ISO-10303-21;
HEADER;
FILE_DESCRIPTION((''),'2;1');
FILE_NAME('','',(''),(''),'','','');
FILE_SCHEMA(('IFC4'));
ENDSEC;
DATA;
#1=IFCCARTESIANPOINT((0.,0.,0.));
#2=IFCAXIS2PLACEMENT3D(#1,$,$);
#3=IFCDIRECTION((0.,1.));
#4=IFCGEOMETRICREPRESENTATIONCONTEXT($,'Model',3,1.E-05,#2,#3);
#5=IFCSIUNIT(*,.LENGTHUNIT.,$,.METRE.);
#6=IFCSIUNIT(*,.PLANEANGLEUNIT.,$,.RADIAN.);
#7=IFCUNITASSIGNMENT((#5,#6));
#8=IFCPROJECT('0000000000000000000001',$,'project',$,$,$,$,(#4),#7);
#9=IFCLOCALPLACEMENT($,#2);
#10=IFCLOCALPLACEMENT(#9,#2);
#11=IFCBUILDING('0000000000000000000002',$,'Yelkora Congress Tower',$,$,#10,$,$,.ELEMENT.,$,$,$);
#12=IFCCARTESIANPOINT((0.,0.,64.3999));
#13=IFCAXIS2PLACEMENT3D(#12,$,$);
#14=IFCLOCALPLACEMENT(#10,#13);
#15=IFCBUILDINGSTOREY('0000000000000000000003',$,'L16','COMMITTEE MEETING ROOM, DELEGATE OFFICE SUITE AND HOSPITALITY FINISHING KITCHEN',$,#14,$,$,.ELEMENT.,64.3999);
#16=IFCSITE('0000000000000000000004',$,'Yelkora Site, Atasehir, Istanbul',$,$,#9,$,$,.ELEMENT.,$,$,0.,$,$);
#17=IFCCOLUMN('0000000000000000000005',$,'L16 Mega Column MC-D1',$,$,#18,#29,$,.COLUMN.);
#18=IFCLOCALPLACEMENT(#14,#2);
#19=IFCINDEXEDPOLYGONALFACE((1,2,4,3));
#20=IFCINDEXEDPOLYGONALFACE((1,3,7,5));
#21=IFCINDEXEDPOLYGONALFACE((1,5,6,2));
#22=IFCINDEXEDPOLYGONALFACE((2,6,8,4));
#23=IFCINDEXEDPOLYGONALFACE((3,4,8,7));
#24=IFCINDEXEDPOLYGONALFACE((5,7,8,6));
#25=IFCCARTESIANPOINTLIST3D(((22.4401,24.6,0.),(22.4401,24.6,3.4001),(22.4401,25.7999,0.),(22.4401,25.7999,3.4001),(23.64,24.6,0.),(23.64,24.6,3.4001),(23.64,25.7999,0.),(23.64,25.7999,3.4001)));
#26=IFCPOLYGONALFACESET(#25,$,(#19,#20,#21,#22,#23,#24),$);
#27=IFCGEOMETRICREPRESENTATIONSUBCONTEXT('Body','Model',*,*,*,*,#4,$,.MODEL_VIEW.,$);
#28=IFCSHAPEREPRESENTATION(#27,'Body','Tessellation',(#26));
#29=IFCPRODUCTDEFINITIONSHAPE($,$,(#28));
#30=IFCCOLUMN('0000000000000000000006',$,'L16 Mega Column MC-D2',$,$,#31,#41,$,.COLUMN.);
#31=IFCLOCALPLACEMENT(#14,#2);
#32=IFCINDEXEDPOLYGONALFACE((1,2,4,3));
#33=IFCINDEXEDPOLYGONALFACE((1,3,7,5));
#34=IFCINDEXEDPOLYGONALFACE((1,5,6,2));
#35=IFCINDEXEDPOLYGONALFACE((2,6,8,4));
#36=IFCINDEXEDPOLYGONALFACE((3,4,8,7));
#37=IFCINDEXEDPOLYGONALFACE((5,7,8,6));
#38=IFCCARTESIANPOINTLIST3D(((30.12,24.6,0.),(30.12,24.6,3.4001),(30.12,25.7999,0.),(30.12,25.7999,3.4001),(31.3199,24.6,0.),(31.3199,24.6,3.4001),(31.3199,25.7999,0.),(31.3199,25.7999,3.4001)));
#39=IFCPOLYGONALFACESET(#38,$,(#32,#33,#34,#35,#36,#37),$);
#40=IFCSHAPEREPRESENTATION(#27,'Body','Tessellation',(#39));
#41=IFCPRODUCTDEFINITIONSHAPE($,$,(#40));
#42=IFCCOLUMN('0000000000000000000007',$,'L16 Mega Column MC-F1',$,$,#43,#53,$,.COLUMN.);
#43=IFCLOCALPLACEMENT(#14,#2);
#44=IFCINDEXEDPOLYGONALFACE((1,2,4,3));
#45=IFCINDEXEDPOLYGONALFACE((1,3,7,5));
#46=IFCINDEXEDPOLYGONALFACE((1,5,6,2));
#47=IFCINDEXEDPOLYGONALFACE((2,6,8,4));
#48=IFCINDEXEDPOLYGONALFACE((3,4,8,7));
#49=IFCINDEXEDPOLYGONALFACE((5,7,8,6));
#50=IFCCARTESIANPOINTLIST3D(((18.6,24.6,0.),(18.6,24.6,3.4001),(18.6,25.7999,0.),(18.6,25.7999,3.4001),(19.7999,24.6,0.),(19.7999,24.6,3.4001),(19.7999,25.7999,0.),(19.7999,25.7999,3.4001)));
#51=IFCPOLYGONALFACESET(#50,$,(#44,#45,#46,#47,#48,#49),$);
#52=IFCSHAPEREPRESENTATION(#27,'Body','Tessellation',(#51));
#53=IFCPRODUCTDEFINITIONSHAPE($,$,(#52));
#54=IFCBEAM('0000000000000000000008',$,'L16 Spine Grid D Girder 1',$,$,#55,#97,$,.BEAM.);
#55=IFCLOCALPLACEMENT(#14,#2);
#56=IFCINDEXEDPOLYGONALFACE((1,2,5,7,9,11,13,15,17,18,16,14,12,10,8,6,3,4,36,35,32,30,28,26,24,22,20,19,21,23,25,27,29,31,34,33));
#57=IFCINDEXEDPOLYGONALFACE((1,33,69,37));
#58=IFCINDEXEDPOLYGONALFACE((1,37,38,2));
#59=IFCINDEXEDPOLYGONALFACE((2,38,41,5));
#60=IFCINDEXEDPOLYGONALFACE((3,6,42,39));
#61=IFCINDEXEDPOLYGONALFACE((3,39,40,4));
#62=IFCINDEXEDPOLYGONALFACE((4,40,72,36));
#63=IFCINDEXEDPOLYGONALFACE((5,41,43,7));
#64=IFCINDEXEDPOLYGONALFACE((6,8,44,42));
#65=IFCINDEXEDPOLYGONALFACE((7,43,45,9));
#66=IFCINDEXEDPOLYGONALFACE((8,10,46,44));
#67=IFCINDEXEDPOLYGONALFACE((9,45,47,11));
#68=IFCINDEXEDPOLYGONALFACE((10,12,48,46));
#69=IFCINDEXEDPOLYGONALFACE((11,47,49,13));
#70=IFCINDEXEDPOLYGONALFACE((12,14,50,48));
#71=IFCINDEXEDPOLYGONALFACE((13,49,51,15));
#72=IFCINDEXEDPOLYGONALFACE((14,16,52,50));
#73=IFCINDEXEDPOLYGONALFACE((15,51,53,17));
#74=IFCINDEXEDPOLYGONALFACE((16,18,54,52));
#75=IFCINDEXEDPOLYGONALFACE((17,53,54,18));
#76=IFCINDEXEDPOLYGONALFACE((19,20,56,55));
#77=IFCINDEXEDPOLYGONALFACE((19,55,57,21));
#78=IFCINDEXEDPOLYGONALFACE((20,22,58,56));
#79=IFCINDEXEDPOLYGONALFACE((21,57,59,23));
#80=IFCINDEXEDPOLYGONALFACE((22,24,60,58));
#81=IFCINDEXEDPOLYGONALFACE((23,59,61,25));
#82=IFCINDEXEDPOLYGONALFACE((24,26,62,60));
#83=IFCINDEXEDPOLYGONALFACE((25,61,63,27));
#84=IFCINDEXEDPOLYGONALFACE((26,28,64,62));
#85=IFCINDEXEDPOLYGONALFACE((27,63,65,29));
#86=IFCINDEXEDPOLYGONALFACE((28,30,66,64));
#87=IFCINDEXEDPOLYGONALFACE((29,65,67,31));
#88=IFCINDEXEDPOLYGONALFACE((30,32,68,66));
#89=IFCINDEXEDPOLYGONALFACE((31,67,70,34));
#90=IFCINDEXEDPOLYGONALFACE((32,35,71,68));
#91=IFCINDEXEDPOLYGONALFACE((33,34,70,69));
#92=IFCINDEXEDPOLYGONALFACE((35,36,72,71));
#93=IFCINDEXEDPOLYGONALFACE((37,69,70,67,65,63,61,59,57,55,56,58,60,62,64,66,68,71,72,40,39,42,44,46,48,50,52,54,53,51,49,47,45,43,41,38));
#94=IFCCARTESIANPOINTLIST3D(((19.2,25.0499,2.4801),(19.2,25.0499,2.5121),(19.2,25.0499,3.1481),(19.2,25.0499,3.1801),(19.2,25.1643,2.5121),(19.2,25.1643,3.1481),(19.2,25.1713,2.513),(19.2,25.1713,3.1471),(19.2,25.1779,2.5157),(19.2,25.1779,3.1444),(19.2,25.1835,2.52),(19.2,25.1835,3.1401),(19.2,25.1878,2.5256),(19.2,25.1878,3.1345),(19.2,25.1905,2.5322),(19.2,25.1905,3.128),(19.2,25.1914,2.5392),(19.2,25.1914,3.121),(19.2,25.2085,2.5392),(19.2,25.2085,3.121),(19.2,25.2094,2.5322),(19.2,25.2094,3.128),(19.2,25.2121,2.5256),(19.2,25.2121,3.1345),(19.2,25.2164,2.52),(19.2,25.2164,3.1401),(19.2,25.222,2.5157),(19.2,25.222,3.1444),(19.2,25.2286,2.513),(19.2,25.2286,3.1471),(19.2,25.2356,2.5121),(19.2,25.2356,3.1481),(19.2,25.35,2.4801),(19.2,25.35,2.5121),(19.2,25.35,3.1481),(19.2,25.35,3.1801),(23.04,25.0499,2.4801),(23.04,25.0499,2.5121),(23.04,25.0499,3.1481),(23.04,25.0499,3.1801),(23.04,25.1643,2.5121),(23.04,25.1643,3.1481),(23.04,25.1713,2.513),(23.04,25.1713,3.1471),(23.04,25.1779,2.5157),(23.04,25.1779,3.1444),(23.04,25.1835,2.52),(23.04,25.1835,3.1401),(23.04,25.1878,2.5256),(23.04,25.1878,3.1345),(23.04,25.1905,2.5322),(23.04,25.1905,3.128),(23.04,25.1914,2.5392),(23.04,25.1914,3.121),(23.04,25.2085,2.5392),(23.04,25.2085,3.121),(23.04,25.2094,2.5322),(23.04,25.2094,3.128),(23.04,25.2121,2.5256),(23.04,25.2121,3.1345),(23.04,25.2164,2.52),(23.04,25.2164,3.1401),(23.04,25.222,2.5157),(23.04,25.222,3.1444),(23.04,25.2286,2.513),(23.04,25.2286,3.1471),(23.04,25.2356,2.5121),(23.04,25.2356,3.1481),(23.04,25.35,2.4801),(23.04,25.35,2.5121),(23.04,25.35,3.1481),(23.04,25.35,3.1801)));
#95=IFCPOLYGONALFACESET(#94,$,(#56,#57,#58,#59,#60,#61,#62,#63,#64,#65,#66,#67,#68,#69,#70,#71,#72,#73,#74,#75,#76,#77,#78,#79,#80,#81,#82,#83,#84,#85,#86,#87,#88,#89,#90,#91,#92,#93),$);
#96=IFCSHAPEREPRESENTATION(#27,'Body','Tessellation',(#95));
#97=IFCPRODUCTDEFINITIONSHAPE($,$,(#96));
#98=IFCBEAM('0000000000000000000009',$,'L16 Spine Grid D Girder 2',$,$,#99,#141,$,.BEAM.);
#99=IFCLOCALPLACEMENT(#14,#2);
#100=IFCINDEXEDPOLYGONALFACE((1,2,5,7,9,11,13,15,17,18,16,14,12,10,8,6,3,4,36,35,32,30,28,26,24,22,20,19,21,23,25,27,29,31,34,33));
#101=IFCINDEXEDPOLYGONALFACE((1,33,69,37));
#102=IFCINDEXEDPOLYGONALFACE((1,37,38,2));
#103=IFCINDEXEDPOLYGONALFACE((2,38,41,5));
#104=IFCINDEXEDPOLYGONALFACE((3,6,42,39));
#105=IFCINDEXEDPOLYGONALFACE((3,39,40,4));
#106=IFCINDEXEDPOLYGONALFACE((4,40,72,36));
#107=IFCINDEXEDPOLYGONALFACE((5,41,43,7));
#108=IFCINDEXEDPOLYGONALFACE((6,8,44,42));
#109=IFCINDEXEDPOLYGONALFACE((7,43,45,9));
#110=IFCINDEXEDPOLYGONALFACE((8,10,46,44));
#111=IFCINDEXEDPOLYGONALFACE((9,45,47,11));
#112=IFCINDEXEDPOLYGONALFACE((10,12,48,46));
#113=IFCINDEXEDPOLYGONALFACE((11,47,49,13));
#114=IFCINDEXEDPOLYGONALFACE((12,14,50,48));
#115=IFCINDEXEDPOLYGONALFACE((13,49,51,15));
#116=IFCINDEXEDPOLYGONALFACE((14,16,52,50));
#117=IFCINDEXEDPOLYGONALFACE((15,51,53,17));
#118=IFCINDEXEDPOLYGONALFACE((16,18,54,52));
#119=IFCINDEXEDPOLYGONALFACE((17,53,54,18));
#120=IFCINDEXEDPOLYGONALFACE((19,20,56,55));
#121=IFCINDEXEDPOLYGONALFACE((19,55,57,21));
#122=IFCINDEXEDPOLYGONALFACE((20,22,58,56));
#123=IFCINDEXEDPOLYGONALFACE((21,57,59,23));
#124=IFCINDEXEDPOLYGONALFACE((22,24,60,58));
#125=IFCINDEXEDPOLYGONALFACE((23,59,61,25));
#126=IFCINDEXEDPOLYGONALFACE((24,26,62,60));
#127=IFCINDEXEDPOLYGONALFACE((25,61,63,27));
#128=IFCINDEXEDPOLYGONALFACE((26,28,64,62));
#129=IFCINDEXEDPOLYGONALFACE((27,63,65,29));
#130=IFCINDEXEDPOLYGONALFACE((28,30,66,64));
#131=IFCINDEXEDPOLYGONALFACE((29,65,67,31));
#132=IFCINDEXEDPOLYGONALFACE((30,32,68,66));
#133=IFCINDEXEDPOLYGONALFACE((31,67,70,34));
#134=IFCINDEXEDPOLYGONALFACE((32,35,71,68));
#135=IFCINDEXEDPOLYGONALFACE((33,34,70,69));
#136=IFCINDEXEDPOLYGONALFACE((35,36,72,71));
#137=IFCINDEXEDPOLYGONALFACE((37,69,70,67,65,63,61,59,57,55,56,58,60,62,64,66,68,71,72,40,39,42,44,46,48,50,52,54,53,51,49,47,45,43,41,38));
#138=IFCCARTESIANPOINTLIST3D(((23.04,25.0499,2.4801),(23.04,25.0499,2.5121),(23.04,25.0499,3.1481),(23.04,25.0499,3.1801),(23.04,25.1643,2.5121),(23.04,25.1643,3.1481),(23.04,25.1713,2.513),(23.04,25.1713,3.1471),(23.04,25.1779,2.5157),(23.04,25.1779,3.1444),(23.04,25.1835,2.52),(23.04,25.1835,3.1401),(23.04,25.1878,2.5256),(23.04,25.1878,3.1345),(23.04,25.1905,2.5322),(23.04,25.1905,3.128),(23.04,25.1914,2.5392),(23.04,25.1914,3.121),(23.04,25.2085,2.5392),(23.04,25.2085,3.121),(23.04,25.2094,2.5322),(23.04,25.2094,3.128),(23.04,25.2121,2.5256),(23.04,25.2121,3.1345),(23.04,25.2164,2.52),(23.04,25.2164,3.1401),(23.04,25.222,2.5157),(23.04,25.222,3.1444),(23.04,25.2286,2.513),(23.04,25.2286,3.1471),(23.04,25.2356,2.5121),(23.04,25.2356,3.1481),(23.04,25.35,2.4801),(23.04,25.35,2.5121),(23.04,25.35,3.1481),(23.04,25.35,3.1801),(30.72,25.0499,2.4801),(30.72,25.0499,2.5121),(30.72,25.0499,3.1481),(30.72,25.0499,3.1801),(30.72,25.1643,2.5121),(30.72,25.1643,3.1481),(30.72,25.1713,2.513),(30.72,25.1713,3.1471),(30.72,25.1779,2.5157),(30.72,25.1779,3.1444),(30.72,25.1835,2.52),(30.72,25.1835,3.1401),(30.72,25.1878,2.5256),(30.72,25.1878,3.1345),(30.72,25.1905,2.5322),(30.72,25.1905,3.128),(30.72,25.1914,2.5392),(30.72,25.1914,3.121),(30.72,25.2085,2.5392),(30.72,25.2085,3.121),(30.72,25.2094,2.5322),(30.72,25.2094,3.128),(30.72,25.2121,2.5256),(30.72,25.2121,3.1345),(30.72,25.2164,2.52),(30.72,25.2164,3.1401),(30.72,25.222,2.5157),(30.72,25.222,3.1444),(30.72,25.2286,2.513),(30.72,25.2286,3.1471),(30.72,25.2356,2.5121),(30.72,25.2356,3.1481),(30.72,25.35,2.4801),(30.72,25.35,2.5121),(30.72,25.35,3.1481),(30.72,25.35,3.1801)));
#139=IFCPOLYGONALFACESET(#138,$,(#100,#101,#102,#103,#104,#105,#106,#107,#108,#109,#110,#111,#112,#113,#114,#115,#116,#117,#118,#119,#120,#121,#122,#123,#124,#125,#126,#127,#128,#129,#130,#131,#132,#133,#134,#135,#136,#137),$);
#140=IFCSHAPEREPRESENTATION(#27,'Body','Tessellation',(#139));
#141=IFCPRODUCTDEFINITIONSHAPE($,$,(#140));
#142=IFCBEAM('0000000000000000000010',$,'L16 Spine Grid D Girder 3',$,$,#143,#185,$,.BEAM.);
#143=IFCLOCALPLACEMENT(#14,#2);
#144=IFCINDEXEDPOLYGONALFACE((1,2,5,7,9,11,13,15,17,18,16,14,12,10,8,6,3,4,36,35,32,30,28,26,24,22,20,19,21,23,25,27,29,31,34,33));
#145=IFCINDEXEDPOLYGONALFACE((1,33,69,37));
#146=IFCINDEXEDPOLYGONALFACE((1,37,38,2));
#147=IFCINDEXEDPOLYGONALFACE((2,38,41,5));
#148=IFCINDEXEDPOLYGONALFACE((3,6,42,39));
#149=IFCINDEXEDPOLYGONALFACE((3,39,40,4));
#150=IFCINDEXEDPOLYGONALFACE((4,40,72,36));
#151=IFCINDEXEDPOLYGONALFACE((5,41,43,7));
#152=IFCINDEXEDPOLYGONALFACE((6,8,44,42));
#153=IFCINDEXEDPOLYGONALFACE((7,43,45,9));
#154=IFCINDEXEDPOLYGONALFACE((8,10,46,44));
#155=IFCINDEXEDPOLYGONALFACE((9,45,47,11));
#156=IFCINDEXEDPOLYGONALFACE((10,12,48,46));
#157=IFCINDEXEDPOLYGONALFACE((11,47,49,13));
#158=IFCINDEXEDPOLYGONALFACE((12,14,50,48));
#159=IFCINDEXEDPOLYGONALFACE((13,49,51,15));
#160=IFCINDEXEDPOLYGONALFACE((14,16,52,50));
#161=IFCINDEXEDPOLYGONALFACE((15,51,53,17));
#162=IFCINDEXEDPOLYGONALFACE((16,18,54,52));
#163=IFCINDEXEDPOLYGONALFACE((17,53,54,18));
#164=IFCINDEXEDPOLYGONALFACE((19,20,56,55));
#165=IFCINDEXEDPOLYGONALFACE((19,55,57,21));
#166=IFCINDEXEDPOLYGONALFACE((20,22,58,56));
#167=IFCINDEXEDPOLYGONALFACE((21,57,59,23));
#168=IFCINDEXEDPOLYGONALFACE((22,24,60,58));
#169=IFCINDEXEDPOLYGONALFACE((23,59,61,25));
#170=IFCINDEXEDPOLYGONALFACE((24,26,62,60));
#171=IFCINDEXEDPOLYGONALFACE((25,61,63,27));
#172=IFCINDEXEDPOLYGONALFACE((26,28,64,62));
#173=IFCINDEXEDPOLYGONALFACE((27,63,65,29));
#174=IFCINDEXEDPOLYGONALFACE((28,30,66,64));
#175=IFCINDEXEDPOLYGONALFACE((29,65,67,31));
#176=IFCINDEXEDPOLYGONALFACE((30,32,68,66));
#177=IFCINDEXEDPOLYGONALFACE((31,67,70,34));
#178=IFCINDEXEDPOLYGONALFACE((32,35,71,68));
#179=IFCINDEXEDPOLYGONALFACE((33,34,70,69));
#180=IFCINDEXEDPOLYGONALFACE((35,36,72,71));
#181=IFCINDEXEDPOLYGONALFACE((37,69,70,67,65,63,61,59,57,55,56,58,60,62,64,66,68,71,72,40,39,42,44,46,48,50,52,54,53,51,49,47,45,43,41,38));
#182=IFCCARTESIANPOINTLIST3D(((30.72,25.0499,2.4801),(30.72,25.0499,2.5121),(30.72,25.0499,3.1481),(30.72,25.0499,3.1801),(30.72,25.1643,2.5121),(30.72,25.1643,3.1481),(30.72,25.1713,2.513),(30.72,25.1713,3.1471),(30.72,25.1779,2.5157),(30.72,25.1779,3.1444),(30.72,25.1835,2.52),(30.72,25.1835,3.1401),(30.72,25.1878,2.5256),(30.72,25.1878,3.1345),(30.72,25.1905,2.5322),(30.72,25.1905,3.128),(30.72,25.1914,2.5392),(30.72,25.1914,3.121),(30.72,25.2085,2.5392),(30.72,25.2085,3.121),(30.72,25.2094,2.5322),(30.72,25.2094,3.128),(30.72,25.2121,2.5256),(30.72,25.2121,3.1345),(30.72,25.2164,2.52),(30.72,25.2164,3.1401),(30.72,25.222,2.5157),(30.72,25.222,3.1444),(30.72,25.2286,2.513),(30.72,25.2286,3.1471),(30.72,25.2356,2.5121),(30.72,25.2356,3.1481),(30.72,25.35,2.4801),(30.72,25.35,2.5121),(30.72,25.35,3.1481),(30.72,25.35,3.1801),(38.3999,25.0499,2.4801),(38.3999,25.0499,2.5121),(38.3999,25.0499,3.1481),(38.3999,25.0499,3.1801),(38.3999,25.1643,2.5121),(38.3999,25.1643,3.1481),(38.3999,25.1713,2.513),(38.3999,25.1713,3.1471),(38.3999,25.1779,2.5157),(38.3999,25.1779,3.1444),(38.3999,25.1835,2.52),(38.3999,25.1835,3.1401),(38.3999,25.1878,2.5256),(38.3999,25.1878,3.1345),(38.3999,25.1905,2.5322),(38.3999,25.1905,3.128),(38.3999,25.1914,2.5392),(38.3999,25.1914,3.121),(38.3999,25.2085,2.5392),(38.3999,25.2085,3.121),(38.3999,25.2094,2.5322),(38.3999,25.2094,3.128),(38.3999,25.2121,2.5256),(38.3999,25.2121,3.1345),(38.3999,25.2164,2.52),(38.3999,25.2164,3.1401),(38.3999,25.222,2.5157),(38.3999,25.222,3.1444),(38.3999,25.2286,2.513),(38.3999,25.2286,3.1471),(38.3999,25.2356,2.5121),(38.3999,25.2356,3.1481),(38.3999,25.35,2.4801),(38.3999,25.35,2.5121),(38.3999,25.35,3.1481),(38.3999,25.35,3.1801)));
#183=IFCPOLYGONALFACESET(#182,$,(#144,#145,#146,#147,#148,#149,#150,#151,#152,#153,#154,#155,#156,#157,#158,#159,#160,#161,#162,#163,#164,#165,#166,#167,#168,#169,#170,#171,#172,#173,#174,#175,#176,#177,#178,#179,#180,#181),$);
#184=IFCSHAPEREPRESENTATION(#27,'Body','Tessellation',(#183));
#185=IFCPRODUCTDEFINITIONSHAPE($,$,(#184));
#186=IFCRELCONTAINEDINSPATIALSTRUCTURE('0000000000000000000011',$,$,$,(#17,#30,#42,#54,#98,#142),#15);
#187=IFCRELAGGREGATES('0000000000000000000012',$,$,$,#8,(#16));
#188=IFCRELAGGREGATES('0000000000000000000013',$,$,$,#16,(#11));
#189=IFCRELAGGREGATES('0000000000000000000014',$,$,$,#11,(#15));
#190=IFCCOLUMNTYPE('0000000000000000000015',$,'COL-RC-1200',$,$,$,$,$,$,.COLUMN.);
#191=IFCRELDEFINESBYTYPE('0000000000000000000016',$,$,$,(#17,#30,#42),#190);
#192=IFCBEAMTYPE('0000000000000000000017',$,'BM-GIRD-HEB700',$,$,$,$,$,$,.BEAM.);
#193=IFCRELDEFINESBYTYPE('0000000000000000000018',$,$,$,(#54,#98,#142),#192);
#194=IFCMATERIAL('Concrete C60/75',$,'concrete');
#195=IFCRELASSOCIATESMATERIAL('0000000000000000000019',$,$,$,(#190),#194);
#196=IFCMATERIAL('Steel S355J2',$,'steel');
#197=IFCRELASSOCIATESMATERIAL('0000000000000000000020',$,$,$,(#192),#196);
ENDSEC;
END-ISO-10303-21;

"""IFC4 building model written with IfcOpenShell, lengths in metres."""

from ifc_helpers import new_model, si_unit, direction, frame, origin, origin_2d, place, context, subcontext, project, spatial, rectangle, i_section, extrude, material, material_profile, profile_set, type_object, element, save


model = new_model("IFC4")

# Units and contexts
model_context = context("Model", 3, precision=1e-05, world=origin(), true_north=direction((0.0, 1.0)))
body_context = subcontext(model_context, "Body", "Model", "MODEL_VIEW")
ifc_project = project(units=[si_unit("LENGTHUNIT", "METRE"), si_unit("PLANEANGLEUNIT", "RADIAN")], contexts=[model_context])

# Site, building, storey
site_placement = place(None, origin())
site = spatial("IfcSite", under=ifc_project, at=site_placement, Name="Yelkora Site, Atasehir, Istanbul", CompositionType="ELEMENT", RefElevation=0.0)
building_placement = place(site_placement, origin())
building = spatial("IfcBuilding", under=site, at=building_placement, Name="Yelkora Congress Tower", CompositionType="ELEMENT")
storey_placement = place(building_placement, frame((0.0, 0.0, 64.3999)))
storey = spatial("IfcBuildingStorey", under=building, at=storey_placement, Name="L16", Description="COMMITTEE MEETING ROOM, DELEGATE OFFICE SUITE AND HOSPITALITY FINISHING KITCHEN", CompositionType="ELEMENT", Elevation=64.3999)

# Columns
ifc_material_1 = material(Name="Concrete C60/75", Category="concrete")
ifc_material_profile_1 = material_profile(ifc_material_1, rectangle(XDim=1.2, YDim=1.2, at=origin_2d()), Name="RC 1200x1200")
ifc_profile_set_1 = profile_set([ifc_material_profile_1], Name="Concrete C60/75")
column_type = type_object("IfcColumnType", Name="COL-RC-1200", PredefinedType="COLUMN", material=ifc_profile_set_1)
for number, where, z_axis, x_axis, name in (
    (1, (23.04, 25.2, 0.0), (0.0, 0.0, 1.0), (1.0, 0.0, 0.0), "L16 Mega Column MC-D1"),
    (2, (30.72, 25.2, 0.0), (0.0, 0.0, 1.0), (1.0, 0.0, 0.0), "L16 Mega Column MC-D2"),
    (3, (19.2, 25.2, 0.0), (0.0, 0.0, 1.0), (1.0, 0.0, 0.0), "L16 Mega Column MC-F1"),
):
    element("IfcColumn", number, at=place(storey_placement, frame(where, z_axis=z_axis, x_axis=x_axis)), inside=storey, type_object=column_type, Name=name, PredefinedType="COLUMN", context=body_context, shape_type="SweptSolid", body=[
        extrude(rectangle(XDim=1.2, YDim=1.2, at=origin_2d()), origin(), (0.0, 0.0, 1.0), 3.4001),
    ])

# Beams
ifc_material_2 = material(Name="Steel S355J2", Category="steel")
ifc_material_profile_2 = material_profile(ifc_material_2, i_section(OverallWidth=0.3, OverallDepth=0.7, WebThickness=0.0171, FlangeThickness=0.032, FilletRadius=0.0271, at=origin_2d()), Name="HEB 700")
ifc_profile_set_2 = profile_set([ifc_material_profile_2], Name="Steel S355J2")
beam_type_1 = type_object("IfcBeamType", Name="BM-GIRD-HEB700", PredefinedType="BEAM", material=ifc_profile_set_2)
beam_1_placement = place(storey_placement, frame((19.2, 25.2, 2.8301), z_axis=(1.0, 0.0, 0.0), x_axis=(0.0, 1.0, 0.0)))
element("IfcBeam", 4, at=beam_1_placement, inside=storey, type_object=beam_type_1, Name="L16 Spine Grid D Girder 1", PredefinedType="BEAM", context=body_context, shape_type="SweptSolid", body=[
    extrude(i_section(OverallWidth=0.3, OverallDepth=0.7, WebThickness=0.0171, FlangeThickness=0.032, FilletRadius=0.0271, at=origin_2d()), origin(), (0.0, 0.0, 1.0), 3.8401),
])
for number, where, z_axis, x_axis, name in (
    (5, (23.04, 25.2, 2.8301), (1.0, 0.0, 0.0), (0.0, 1.0, 0.0), "L16 Spine Grid D Girder 2"),
    (6, (30.72, 25.2, 2.8301), (1.0, 0.0, 0.0), (0.0, 1.0, 0.0), "L16 Spine Grid D Girder 3"),
):
    element("IfcBeam", number, at=place(storey_placement, frame(where, z_axis=z_axis, x_axis=x_axis)), inside=storey, type_object=beam_type_1, Name=name, PredefinedType="BEAM", context=body_context, shape_type="SweptSolid", body=[
        extrude(i_section(OverallWidth=0.3, OverallDepth=0.7, WebThickness=0.0171, FlangeThickness=0.032, FilletRadius=0.0271, at=origin_2d()), origin(), (0.0, 0.0, 1.0), 7.6799),
    ])

save(model, "model.ifc")
